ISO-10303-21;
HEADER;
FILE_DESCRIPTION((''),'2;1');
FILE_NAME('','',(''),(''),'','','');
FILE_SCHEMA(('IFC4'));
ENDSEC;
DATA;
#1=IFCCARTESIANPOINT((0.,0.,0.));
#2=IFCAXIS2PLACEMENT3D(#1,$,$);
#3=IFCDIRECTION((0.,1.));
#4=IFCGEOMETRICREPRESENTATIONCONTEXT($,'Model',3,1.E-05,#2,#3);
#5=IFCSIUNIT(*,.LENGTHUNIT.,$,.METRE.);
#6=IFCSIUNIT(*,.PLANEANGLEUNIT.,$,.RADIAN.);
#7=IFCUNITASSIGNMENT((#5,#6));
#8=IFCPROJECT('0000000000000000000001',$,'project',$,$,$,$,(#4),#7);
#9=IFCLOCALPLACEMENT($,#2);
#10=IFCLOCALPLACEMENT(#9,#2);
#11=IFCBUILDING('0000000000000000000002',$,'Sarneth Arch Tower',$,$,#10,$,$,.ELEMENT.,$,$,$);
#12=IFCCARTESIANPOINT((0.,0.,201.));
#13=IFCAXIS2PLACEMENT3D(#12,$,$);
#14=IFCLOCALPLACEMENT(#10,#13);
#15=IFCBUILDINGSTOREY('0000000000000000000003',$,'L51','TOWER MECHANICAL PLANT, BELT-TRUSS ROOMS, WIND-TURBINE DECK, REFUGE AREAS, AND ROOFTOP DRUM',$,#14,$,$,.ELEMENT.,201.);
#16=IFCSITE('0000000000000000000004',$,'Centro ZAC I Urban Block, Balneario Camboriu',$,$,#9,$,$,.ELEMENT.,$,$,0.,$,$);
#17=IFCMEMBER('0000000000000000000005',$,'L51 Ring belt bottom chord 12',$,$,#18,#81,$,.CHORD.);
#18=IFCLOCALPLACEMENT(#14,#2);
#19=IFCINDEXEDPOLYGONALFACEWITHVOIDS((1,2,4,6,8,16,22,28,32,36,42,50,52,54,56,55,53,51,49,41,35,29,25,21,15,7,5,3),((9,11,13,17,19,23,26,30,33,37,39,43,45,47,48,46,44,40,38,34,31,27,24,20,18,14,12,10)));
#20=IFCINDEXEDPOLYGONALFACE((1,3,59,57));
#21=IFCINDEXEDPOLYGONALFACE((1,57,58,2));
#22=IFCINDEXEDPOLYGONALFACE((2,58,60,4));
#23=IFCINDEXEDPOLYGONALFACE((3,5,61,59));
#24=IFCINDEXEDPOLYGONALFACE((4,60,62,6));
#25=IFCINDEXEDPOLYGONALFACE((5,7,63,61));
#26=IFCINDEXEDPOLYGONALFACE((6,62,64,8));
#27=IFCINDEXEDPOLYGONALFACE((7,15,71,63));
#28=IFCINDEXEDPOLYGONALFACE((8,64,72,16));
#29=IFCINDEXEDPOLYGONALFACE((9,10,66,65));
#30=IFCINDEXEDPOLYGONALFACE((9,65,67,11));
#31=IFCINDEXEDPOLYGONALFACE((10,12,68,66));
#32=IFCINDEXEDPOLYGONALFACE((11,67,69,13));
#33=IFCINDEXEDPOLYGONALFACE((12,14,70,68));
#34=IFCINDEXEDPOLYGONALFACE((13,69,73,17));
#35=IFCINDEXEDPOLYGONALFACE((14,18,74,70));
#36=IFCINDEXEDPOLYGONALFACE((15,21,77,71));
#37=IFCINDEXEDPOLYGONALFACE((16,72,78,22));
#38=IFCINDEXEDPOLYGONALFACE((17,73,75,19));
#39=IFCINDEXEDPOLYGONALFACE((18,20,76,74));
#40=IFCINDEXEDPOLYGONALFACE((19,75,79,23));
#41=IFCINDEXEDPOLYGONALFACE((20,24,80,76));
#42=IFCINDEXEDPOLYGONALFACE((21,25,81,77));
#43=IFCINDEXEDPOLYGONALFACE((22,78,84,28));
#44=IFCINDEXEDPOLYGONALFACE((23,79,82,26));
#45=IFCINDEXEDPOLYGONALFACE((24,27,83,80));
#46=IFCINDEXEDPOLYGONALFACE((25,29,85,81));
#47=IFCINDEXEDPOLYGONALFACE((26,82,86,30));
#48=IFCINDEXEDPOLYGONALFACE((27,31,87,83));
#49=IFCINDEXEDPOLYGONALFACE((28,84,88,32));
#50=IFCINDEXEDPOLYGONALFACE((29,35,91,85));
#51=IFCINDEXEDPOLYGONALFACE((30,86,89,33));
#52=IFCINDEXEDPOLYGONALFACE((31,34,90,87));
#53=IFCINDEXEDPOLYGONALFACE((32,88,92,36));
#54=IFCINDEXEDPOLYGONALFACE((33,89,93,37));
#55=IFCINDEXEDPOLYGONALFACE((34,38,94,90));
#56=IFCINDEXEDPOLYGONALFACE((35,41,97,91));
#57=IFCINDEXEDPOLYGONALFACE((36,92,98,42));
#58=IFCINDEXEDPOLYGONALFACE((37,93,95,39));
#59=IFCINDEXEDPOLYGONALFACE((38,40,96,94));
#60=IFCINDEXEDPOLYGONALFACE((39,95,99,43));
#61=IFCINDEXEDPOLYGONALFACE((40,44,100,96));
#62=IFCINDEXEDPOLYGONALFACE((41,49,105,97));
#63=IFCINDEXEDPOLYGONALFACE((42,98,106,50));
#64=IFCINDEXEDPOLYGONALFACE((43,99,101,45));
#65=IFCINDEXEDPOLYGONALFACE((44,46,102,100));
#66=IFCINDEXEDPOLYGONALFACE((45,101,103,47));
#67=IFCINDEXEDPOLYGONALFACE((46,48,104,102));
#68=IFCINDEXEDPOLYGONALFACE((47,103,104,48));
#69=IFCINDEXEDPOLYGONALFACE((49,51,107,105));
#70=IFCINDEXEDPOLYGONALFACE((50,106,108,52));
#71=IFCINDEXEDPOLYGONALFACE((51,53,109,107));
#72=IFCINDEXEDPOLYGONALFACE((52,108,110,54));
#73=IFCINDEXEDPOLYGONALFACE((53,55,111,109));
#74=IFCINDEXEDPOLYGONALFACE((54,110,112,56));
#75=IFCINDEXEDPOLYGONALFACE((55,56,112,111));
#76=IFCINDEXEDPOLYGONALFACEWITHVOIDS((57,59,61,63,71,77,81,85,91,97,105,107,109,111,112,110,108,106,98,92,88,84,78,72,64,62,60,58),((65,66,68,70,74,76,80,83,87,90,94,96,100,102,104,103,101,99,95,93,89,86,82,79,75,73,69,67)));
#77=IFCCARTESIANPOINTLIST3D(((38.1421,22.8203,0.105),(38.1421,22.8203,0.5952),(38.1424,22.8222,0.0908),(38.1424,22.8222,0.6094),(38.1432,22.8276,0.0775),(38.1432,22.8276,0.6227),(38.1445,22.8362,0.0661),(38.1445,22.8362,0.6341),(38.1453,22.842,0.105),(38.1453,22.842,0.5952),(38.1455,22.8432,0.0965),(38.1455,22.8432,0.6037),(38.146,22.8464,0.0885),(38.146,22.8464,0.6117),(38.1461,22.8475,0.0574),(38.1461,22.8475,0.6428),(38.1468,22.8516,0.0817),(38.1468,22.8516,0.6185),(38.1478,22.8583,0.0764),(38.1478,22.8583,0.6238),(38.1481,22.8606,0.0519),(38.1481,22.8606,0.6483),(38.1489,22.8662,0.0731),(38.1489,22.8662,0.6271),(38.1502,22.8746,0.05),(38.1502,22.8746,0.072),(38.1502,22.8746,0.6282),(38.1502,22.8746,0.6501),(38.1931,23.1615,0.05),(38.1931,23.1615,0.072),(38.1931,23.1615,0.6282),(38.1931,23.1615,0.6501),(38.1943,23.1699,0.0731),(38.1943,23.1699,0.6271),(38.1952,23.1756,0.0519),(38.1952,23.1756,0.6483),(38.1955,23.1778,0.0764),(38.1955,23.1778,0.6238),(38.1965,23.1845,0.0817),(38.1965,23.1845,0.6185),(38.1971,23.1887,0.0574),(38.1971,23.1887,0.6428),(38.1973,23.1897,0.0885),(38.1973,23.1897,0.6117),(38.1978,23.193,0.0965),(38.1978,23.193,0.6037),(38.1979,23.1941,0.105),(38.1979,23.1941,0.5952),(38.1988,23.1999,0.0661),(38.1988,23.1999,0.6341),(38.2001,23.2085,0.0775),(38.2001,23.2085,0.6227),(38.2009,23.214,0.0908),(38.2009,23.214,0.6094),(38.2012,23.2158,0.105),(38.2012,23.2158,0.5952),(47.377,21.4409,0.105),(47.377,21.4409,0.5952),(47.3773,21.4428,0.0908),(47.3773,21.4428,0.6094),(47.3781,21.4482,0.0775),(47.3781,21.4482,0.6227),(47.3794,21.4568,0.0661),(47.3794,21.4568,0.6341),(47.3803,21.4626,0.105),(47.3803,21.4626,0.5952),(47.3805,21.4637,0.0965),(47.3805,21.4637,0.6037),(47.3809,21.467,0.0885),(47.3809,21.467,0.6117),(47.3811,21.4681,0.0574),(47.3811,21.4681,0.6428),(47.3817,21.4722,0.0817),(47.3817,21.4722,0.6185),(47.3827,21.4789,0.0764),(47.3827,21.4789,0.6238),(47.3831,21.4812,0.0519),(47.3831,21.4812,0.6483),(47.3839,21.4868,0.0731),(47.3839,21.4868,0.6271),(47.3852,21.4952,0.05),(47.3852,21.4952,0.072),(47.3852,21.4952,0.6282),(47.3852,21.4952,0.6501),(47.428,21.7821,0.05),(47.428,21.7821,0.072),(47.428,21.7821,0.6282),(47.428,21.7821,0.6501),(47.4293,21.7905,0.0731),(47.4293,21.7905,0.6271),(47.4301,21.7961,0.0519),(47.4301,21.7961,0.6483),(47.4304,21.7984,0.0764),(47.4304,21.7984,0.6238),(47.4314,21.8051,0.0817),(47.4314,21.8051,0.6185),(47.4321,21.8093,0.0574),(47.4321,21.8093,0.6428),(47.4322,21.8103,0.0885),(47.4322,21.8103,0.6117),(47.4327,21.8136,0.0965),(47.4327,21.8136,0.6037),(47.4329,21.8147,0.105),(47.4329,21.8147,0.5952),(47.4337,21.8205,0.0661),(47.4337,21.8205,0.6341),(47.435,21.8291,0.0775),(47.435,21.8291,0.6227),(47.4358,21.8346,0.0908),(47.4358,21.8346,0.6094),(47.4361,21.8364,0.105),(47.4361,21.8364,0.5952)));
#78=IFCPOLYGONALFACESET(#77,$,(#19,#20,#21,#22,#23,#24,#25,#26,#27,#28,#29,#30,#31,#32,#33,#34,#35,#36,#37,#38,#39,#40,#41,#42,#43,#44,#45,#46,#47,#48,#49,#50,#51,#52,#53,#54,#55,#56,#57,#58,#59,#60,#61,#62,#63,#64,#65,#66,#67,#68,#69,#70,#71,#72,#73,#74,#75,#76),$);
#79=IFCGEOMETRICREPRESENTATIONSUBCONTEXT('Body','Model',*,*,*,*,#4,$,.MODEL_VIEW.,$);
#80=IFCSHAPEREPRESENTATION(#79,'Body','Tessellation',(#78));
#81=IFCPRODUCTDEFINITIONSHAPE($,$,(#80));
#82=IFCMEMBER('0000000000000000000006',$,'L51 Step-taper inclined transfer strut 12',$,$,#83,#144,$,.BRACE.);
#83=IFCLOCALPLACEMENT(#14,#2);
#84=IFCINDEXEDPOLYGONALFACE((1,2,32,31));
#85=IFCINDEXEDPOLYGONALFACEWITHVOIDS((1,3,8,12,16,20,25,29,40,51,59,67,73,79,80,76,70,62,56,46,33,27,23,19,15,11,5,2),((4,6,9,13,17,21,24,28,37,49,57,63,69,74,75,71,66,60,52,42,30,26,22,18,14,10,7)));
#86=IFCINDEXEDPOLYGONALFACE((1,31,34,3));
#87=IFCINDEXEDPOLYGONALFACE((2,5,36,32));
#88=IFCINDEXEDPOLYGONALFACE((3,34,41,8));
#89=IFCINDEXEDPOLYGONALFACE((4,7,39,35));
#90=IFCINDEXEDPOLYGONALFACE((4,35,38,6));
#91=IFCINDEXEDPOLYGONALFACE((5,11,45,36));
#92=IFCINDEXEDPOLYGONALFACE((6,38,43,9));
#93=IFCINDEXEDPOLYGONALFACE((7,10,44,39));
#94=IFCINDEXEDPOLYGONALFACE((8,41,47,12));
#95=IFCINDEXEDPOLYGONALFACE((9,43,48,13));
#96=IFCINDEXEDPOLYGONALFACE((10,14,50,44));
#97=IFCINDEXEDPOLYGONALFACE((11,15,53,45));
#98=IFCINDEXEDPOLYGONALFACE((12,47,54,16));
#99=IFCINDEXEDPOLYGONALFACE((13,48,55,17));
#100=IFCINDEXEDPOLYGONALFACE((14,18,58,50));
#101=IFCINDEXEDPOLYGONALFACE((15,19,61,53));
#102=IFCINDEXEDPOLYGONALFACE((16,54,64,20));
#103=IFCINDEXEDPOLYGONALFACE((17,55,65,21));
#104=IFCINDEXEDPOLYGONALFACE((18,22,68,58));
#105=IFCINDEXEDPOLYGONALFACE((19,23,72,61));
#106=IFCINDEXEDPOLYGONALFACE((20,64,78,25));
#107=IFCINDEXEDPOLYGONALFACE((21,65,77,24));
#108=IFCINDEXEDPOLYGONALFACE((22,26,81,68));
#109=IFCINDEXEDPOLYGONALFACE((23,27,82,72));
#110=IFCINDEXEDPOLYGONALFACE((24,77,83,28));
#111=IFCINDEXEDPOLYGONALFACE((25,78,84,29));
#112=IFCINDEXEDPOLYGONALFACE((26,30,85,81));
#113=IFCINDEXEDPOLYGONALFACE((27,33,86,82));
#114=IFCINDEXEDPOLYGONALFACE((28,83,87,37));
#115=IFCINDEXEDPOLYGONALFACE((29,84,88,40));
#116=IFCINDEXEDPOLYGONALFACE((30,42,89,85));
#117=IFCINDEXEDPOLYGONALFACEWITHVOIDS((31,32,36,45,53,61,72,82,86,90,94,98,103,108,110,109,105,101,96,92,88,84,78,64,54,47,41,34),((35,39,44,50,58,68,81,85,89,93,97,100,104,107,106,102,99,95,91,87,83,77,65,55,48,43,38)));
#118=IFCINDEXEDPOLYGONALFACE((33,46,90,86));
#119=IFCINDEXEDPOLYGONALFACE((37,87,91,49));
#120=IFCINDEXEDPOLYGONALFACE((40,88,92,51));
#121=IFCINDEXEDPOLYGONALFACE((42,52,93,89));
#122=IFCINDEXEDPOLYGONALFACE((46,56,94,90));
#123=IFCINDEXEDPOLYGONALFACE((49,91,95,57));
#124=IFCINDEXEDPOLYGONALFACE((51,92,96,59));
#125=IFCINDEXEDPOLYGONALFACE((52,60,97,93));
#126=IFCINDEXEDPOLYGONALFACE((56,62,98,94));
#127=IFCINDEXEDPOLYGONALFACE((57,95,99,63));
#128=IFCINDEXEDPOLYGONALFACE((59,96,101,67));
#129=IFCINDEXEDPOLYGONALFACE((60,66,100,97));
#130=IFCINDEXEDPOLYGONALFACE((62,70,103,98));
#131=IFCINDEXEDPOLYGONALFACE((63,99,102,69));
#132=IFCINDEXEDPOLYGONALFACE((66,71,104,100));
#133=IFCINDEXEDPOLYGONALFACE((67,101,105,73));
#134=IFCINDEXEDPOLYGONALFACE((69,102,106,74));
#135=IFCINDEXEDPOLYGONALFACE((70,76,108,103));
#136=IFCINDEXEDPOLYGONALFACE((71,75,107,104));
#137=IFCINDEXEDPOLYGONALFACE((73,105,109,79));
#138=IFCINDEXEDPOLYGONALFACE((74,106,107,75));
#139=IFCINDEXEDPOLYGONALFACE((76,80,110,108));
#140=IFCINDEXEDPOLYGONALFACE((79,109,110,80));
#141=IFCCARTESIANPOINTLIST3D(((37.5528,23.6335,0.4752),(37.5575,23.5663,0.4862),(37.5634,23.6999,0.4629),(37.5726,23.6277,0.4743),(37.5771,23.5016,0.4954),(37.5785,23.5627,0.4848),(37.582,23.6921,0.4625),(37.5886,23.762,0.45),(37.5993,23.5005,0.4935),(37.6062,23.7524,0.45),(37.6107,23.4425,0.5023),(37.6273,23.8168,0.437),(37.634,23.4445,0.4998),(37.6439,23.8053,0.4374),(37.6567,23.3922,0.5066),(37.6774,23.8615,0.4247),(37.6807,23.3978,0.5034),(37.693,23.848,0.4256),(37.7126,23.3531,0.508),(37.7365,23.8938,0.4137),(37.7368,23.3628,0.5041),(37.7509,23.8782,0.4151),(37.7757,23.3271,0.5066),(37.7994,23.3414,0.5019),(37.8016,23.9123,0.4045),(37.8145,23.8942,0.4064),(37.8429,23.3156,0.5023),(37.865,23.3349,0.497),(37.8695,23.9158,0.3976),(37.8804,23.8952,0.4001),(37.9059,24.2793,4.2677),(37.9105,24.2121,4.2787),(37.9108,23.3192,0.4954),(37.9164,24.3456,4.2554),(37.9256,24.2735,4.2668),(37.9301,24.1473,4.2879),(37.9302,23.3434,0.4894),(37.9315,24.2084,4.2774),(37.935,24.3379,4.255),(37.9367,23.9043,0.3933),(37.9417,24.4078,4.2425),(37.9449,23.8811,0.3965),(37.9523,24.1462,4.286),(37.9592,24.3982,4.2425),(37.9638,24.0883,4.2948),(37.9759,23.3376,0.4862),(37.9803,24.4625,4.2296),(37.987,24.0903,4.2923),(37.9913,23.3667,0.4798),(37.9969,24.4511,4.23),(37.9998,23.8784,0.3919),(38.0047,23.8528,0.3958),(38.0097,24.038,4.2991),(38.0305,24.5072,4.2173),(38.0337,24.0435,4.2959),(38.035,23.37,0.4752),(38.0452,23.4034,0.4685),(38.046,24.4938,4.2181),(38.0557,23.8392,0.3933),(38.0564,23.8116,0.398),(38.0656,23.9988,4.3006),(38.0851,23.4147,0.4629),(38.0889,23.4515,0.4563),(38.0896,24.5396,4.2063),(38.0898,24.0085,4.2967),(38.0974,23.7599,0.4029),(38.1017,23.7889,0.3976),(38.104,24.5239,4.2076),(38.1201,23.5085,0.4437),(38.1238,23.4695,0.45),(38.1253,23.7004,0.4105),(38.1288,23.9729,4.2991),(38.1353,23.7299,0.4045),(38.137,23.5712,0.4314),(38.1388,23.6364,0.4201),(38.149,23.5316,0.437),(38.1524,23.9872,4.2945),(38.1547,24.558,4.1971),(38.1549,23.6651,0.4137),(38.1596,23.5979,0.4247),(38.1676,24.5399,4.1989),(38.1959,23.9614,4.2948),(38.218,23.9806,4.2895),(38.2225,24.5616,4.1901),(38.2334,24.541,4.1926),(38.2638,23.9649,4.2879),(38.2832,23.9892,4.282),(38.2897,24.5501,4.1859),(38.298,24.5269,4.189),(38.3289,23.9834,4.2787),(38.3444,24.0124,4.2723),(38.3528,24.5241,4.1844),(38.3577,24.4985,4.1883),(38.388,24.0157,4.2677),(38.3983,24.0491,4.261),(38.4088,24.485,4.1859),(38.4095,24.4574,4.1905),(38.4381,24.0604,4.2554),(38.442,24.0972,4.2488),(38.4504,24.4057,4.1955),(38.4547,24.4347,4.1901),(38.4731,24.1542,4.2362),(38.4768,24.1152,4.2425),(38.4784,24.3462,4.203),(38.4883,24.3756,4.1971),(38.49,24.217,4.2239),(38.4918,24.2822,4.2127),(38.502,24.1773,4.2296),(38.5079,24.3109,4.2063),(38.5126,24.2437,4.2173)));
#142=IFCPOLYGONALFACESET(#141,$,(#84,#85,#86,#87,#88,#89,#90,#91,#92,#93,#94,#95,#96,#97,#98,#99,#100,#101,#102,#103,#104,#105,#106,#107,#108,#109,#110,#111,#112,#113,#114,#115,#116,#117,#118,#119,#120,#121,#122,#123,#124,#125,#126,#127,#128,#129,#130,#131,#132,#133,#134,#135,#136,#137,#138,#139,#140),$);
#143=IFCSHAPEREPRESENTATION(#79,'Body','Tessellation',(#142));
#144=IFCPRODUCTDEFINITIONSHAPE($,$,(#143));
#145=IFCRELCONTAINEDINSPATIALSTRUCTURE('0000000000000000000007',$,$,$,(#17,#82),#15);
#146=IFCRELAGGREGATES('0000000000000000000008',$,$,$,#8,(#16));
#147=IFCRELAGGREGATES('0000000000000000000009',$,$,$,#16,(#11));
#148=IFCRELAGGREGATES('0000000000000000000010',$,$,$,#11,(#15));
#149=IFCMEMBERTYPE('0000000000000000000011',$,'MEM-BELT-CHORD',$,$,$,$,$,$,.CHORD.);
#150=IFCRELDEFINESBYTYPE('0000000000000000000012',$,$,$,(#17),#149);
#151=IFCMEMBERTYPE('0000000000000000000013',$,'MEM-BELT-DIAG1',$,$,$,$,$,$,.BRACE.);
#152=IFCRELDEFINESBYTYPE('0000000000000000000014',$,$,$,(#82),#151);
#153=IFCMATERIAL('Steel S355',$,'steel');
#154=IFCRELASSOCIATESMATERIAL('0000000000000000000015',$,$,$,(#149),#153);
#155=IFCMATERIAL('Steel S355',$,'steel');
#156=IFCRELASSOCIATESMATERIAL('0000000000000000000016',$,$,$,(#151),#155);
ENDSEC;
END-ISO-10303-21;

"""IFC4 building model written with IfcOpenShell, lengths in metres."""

from ifc_helpers import new_model, si_unit, direction, frame, origin, origin_2d, place, context, subcontext, project, spatial, hollow_rectangle, hollow_circle, extrude, material, material_profile, profile_set, type_object, element, save


model = new_model("IFC4")

# Units and contexts
model_context = context("Model", 3, precision=1e-05, world=origin(), true_north=direction((0.0, 1.0)))
body_context = subcontext(model_context, "Body", "Model", "MODEL_VIEW")
ifc_project = project(units=[si_unit("LENGTHUNIT", "METRE"), si_unit("PLANEANGLEUNIT", "RADIAN")], contexts=[model_context])

# Site, building, storey
site_placement = place(None, origin())
site = spatial("IfcSite", under=ifc_project, at=site_placement, Name="Centro ZAC I Urban Block, Balneario Camboriu", CompositionType="ELEMENT", RefElevation=0.0)
building_placement = place(site_placement, origin())
building = spatial("IfcBuilding", under=site, at=building_placement, Name="Sarneth Arch Tower", CompositionType="ELEMENT")
storey_placement = place(building_placement, frame((0.0, 0.0, 201.0)))
storey = spatial("IfcBuildingStorey", under=building, at=storey_placement, Name="L51", Description="TOWER MECHANICAL PLANT, BELT-TRUSS ROOMS, WIND-TURBINE DECK, REFUGE AREAS, AND ROOFTOP DRUM", CompositionType="ELEMENT", Elevation=201.0)

# Members
ifc_material_1 = material(Name="Steel S355", Category="steel")
ifc_material_profile_1 = material_profile(ifc_material_1, hollow_rectangle(XDim=0.3999, YDim=0.6001, WallThickness=0.022, InnerFilletRadius=0.033, OuterFilletRadius=0.0549, at=origin_2d()), Name="RHS600x400x22")
ifc_profile_set_1 = profile_set([ifc_material_profile_1], Name="Steel S355")
member_type_1 = type_object("IfcMemberType", Name="MEM-BELT-CHORD", PredefinedType="CHORD", material=ifc_profile_set_1)
member_1_placement = place(storey_placement, frame((38.1716, 23.0181, 0.3501), z_axis=(0.989028, -0.147729, 0.0), x_axis=(0.147729, 0.989028, 0.0)))
element("IfcMember", 1, at=member_1_placement, inside=storey, type_object=member_type_1, Name="L51 Ring belt bottom chord 12", PredefinedType="CHORD", context=body_context, shape_type="SweptSolid", body=[
    extrude(hollow_rectangle(XDim=0.3999, YDim=0.6001, WallThickness=0.022, InnerFilletRadius=0.033, OuterFilletRadius=0.0549, at=origin_2d()), origin(), (0.0, 0.0, 1.0), 9.3374),
])
ifc_material_2 = material(Name="Steel S355", Category="steel")
ifc_material_profile_2 = material_profile(ifc_material_2, hollow_circle(Radius=0.3049, WallThickness=0.02, at=origin_2d()), Name="CHS610x20")
ifc_profile_set_2 = profile_set([ifc_material_profile_2], Name="Steel S355")
member_type_2 = type_object("IfcMemberType", Name="MEM-BELT-DIAG1", PredefinedType="BRACE", material=ifc_profile_set_2)
member_2_placement = place(storey_placement, frame((37.8562, 23.6157, 0.45), z_axis=(0.091381, 0.167153, 0.981687), x_axis=(-0.877439, 0.479689, 0.0)))
element("IfcMember", 2, at=member_2_placement, inside=storey, type_object=member_type_2, Name="L51 Step-taper inclined transfer strut 12", PredefinedType="BRACE", context=body_context, shape_type="SweptSolid", body=[
    extrude(hollow_circle(Radius=0.3049, WallThickness=0.02, at=origin_2d()), origin(), (0.0, 0.0, 1.0), 3.8633),
])

save(model, "model.ifc")
